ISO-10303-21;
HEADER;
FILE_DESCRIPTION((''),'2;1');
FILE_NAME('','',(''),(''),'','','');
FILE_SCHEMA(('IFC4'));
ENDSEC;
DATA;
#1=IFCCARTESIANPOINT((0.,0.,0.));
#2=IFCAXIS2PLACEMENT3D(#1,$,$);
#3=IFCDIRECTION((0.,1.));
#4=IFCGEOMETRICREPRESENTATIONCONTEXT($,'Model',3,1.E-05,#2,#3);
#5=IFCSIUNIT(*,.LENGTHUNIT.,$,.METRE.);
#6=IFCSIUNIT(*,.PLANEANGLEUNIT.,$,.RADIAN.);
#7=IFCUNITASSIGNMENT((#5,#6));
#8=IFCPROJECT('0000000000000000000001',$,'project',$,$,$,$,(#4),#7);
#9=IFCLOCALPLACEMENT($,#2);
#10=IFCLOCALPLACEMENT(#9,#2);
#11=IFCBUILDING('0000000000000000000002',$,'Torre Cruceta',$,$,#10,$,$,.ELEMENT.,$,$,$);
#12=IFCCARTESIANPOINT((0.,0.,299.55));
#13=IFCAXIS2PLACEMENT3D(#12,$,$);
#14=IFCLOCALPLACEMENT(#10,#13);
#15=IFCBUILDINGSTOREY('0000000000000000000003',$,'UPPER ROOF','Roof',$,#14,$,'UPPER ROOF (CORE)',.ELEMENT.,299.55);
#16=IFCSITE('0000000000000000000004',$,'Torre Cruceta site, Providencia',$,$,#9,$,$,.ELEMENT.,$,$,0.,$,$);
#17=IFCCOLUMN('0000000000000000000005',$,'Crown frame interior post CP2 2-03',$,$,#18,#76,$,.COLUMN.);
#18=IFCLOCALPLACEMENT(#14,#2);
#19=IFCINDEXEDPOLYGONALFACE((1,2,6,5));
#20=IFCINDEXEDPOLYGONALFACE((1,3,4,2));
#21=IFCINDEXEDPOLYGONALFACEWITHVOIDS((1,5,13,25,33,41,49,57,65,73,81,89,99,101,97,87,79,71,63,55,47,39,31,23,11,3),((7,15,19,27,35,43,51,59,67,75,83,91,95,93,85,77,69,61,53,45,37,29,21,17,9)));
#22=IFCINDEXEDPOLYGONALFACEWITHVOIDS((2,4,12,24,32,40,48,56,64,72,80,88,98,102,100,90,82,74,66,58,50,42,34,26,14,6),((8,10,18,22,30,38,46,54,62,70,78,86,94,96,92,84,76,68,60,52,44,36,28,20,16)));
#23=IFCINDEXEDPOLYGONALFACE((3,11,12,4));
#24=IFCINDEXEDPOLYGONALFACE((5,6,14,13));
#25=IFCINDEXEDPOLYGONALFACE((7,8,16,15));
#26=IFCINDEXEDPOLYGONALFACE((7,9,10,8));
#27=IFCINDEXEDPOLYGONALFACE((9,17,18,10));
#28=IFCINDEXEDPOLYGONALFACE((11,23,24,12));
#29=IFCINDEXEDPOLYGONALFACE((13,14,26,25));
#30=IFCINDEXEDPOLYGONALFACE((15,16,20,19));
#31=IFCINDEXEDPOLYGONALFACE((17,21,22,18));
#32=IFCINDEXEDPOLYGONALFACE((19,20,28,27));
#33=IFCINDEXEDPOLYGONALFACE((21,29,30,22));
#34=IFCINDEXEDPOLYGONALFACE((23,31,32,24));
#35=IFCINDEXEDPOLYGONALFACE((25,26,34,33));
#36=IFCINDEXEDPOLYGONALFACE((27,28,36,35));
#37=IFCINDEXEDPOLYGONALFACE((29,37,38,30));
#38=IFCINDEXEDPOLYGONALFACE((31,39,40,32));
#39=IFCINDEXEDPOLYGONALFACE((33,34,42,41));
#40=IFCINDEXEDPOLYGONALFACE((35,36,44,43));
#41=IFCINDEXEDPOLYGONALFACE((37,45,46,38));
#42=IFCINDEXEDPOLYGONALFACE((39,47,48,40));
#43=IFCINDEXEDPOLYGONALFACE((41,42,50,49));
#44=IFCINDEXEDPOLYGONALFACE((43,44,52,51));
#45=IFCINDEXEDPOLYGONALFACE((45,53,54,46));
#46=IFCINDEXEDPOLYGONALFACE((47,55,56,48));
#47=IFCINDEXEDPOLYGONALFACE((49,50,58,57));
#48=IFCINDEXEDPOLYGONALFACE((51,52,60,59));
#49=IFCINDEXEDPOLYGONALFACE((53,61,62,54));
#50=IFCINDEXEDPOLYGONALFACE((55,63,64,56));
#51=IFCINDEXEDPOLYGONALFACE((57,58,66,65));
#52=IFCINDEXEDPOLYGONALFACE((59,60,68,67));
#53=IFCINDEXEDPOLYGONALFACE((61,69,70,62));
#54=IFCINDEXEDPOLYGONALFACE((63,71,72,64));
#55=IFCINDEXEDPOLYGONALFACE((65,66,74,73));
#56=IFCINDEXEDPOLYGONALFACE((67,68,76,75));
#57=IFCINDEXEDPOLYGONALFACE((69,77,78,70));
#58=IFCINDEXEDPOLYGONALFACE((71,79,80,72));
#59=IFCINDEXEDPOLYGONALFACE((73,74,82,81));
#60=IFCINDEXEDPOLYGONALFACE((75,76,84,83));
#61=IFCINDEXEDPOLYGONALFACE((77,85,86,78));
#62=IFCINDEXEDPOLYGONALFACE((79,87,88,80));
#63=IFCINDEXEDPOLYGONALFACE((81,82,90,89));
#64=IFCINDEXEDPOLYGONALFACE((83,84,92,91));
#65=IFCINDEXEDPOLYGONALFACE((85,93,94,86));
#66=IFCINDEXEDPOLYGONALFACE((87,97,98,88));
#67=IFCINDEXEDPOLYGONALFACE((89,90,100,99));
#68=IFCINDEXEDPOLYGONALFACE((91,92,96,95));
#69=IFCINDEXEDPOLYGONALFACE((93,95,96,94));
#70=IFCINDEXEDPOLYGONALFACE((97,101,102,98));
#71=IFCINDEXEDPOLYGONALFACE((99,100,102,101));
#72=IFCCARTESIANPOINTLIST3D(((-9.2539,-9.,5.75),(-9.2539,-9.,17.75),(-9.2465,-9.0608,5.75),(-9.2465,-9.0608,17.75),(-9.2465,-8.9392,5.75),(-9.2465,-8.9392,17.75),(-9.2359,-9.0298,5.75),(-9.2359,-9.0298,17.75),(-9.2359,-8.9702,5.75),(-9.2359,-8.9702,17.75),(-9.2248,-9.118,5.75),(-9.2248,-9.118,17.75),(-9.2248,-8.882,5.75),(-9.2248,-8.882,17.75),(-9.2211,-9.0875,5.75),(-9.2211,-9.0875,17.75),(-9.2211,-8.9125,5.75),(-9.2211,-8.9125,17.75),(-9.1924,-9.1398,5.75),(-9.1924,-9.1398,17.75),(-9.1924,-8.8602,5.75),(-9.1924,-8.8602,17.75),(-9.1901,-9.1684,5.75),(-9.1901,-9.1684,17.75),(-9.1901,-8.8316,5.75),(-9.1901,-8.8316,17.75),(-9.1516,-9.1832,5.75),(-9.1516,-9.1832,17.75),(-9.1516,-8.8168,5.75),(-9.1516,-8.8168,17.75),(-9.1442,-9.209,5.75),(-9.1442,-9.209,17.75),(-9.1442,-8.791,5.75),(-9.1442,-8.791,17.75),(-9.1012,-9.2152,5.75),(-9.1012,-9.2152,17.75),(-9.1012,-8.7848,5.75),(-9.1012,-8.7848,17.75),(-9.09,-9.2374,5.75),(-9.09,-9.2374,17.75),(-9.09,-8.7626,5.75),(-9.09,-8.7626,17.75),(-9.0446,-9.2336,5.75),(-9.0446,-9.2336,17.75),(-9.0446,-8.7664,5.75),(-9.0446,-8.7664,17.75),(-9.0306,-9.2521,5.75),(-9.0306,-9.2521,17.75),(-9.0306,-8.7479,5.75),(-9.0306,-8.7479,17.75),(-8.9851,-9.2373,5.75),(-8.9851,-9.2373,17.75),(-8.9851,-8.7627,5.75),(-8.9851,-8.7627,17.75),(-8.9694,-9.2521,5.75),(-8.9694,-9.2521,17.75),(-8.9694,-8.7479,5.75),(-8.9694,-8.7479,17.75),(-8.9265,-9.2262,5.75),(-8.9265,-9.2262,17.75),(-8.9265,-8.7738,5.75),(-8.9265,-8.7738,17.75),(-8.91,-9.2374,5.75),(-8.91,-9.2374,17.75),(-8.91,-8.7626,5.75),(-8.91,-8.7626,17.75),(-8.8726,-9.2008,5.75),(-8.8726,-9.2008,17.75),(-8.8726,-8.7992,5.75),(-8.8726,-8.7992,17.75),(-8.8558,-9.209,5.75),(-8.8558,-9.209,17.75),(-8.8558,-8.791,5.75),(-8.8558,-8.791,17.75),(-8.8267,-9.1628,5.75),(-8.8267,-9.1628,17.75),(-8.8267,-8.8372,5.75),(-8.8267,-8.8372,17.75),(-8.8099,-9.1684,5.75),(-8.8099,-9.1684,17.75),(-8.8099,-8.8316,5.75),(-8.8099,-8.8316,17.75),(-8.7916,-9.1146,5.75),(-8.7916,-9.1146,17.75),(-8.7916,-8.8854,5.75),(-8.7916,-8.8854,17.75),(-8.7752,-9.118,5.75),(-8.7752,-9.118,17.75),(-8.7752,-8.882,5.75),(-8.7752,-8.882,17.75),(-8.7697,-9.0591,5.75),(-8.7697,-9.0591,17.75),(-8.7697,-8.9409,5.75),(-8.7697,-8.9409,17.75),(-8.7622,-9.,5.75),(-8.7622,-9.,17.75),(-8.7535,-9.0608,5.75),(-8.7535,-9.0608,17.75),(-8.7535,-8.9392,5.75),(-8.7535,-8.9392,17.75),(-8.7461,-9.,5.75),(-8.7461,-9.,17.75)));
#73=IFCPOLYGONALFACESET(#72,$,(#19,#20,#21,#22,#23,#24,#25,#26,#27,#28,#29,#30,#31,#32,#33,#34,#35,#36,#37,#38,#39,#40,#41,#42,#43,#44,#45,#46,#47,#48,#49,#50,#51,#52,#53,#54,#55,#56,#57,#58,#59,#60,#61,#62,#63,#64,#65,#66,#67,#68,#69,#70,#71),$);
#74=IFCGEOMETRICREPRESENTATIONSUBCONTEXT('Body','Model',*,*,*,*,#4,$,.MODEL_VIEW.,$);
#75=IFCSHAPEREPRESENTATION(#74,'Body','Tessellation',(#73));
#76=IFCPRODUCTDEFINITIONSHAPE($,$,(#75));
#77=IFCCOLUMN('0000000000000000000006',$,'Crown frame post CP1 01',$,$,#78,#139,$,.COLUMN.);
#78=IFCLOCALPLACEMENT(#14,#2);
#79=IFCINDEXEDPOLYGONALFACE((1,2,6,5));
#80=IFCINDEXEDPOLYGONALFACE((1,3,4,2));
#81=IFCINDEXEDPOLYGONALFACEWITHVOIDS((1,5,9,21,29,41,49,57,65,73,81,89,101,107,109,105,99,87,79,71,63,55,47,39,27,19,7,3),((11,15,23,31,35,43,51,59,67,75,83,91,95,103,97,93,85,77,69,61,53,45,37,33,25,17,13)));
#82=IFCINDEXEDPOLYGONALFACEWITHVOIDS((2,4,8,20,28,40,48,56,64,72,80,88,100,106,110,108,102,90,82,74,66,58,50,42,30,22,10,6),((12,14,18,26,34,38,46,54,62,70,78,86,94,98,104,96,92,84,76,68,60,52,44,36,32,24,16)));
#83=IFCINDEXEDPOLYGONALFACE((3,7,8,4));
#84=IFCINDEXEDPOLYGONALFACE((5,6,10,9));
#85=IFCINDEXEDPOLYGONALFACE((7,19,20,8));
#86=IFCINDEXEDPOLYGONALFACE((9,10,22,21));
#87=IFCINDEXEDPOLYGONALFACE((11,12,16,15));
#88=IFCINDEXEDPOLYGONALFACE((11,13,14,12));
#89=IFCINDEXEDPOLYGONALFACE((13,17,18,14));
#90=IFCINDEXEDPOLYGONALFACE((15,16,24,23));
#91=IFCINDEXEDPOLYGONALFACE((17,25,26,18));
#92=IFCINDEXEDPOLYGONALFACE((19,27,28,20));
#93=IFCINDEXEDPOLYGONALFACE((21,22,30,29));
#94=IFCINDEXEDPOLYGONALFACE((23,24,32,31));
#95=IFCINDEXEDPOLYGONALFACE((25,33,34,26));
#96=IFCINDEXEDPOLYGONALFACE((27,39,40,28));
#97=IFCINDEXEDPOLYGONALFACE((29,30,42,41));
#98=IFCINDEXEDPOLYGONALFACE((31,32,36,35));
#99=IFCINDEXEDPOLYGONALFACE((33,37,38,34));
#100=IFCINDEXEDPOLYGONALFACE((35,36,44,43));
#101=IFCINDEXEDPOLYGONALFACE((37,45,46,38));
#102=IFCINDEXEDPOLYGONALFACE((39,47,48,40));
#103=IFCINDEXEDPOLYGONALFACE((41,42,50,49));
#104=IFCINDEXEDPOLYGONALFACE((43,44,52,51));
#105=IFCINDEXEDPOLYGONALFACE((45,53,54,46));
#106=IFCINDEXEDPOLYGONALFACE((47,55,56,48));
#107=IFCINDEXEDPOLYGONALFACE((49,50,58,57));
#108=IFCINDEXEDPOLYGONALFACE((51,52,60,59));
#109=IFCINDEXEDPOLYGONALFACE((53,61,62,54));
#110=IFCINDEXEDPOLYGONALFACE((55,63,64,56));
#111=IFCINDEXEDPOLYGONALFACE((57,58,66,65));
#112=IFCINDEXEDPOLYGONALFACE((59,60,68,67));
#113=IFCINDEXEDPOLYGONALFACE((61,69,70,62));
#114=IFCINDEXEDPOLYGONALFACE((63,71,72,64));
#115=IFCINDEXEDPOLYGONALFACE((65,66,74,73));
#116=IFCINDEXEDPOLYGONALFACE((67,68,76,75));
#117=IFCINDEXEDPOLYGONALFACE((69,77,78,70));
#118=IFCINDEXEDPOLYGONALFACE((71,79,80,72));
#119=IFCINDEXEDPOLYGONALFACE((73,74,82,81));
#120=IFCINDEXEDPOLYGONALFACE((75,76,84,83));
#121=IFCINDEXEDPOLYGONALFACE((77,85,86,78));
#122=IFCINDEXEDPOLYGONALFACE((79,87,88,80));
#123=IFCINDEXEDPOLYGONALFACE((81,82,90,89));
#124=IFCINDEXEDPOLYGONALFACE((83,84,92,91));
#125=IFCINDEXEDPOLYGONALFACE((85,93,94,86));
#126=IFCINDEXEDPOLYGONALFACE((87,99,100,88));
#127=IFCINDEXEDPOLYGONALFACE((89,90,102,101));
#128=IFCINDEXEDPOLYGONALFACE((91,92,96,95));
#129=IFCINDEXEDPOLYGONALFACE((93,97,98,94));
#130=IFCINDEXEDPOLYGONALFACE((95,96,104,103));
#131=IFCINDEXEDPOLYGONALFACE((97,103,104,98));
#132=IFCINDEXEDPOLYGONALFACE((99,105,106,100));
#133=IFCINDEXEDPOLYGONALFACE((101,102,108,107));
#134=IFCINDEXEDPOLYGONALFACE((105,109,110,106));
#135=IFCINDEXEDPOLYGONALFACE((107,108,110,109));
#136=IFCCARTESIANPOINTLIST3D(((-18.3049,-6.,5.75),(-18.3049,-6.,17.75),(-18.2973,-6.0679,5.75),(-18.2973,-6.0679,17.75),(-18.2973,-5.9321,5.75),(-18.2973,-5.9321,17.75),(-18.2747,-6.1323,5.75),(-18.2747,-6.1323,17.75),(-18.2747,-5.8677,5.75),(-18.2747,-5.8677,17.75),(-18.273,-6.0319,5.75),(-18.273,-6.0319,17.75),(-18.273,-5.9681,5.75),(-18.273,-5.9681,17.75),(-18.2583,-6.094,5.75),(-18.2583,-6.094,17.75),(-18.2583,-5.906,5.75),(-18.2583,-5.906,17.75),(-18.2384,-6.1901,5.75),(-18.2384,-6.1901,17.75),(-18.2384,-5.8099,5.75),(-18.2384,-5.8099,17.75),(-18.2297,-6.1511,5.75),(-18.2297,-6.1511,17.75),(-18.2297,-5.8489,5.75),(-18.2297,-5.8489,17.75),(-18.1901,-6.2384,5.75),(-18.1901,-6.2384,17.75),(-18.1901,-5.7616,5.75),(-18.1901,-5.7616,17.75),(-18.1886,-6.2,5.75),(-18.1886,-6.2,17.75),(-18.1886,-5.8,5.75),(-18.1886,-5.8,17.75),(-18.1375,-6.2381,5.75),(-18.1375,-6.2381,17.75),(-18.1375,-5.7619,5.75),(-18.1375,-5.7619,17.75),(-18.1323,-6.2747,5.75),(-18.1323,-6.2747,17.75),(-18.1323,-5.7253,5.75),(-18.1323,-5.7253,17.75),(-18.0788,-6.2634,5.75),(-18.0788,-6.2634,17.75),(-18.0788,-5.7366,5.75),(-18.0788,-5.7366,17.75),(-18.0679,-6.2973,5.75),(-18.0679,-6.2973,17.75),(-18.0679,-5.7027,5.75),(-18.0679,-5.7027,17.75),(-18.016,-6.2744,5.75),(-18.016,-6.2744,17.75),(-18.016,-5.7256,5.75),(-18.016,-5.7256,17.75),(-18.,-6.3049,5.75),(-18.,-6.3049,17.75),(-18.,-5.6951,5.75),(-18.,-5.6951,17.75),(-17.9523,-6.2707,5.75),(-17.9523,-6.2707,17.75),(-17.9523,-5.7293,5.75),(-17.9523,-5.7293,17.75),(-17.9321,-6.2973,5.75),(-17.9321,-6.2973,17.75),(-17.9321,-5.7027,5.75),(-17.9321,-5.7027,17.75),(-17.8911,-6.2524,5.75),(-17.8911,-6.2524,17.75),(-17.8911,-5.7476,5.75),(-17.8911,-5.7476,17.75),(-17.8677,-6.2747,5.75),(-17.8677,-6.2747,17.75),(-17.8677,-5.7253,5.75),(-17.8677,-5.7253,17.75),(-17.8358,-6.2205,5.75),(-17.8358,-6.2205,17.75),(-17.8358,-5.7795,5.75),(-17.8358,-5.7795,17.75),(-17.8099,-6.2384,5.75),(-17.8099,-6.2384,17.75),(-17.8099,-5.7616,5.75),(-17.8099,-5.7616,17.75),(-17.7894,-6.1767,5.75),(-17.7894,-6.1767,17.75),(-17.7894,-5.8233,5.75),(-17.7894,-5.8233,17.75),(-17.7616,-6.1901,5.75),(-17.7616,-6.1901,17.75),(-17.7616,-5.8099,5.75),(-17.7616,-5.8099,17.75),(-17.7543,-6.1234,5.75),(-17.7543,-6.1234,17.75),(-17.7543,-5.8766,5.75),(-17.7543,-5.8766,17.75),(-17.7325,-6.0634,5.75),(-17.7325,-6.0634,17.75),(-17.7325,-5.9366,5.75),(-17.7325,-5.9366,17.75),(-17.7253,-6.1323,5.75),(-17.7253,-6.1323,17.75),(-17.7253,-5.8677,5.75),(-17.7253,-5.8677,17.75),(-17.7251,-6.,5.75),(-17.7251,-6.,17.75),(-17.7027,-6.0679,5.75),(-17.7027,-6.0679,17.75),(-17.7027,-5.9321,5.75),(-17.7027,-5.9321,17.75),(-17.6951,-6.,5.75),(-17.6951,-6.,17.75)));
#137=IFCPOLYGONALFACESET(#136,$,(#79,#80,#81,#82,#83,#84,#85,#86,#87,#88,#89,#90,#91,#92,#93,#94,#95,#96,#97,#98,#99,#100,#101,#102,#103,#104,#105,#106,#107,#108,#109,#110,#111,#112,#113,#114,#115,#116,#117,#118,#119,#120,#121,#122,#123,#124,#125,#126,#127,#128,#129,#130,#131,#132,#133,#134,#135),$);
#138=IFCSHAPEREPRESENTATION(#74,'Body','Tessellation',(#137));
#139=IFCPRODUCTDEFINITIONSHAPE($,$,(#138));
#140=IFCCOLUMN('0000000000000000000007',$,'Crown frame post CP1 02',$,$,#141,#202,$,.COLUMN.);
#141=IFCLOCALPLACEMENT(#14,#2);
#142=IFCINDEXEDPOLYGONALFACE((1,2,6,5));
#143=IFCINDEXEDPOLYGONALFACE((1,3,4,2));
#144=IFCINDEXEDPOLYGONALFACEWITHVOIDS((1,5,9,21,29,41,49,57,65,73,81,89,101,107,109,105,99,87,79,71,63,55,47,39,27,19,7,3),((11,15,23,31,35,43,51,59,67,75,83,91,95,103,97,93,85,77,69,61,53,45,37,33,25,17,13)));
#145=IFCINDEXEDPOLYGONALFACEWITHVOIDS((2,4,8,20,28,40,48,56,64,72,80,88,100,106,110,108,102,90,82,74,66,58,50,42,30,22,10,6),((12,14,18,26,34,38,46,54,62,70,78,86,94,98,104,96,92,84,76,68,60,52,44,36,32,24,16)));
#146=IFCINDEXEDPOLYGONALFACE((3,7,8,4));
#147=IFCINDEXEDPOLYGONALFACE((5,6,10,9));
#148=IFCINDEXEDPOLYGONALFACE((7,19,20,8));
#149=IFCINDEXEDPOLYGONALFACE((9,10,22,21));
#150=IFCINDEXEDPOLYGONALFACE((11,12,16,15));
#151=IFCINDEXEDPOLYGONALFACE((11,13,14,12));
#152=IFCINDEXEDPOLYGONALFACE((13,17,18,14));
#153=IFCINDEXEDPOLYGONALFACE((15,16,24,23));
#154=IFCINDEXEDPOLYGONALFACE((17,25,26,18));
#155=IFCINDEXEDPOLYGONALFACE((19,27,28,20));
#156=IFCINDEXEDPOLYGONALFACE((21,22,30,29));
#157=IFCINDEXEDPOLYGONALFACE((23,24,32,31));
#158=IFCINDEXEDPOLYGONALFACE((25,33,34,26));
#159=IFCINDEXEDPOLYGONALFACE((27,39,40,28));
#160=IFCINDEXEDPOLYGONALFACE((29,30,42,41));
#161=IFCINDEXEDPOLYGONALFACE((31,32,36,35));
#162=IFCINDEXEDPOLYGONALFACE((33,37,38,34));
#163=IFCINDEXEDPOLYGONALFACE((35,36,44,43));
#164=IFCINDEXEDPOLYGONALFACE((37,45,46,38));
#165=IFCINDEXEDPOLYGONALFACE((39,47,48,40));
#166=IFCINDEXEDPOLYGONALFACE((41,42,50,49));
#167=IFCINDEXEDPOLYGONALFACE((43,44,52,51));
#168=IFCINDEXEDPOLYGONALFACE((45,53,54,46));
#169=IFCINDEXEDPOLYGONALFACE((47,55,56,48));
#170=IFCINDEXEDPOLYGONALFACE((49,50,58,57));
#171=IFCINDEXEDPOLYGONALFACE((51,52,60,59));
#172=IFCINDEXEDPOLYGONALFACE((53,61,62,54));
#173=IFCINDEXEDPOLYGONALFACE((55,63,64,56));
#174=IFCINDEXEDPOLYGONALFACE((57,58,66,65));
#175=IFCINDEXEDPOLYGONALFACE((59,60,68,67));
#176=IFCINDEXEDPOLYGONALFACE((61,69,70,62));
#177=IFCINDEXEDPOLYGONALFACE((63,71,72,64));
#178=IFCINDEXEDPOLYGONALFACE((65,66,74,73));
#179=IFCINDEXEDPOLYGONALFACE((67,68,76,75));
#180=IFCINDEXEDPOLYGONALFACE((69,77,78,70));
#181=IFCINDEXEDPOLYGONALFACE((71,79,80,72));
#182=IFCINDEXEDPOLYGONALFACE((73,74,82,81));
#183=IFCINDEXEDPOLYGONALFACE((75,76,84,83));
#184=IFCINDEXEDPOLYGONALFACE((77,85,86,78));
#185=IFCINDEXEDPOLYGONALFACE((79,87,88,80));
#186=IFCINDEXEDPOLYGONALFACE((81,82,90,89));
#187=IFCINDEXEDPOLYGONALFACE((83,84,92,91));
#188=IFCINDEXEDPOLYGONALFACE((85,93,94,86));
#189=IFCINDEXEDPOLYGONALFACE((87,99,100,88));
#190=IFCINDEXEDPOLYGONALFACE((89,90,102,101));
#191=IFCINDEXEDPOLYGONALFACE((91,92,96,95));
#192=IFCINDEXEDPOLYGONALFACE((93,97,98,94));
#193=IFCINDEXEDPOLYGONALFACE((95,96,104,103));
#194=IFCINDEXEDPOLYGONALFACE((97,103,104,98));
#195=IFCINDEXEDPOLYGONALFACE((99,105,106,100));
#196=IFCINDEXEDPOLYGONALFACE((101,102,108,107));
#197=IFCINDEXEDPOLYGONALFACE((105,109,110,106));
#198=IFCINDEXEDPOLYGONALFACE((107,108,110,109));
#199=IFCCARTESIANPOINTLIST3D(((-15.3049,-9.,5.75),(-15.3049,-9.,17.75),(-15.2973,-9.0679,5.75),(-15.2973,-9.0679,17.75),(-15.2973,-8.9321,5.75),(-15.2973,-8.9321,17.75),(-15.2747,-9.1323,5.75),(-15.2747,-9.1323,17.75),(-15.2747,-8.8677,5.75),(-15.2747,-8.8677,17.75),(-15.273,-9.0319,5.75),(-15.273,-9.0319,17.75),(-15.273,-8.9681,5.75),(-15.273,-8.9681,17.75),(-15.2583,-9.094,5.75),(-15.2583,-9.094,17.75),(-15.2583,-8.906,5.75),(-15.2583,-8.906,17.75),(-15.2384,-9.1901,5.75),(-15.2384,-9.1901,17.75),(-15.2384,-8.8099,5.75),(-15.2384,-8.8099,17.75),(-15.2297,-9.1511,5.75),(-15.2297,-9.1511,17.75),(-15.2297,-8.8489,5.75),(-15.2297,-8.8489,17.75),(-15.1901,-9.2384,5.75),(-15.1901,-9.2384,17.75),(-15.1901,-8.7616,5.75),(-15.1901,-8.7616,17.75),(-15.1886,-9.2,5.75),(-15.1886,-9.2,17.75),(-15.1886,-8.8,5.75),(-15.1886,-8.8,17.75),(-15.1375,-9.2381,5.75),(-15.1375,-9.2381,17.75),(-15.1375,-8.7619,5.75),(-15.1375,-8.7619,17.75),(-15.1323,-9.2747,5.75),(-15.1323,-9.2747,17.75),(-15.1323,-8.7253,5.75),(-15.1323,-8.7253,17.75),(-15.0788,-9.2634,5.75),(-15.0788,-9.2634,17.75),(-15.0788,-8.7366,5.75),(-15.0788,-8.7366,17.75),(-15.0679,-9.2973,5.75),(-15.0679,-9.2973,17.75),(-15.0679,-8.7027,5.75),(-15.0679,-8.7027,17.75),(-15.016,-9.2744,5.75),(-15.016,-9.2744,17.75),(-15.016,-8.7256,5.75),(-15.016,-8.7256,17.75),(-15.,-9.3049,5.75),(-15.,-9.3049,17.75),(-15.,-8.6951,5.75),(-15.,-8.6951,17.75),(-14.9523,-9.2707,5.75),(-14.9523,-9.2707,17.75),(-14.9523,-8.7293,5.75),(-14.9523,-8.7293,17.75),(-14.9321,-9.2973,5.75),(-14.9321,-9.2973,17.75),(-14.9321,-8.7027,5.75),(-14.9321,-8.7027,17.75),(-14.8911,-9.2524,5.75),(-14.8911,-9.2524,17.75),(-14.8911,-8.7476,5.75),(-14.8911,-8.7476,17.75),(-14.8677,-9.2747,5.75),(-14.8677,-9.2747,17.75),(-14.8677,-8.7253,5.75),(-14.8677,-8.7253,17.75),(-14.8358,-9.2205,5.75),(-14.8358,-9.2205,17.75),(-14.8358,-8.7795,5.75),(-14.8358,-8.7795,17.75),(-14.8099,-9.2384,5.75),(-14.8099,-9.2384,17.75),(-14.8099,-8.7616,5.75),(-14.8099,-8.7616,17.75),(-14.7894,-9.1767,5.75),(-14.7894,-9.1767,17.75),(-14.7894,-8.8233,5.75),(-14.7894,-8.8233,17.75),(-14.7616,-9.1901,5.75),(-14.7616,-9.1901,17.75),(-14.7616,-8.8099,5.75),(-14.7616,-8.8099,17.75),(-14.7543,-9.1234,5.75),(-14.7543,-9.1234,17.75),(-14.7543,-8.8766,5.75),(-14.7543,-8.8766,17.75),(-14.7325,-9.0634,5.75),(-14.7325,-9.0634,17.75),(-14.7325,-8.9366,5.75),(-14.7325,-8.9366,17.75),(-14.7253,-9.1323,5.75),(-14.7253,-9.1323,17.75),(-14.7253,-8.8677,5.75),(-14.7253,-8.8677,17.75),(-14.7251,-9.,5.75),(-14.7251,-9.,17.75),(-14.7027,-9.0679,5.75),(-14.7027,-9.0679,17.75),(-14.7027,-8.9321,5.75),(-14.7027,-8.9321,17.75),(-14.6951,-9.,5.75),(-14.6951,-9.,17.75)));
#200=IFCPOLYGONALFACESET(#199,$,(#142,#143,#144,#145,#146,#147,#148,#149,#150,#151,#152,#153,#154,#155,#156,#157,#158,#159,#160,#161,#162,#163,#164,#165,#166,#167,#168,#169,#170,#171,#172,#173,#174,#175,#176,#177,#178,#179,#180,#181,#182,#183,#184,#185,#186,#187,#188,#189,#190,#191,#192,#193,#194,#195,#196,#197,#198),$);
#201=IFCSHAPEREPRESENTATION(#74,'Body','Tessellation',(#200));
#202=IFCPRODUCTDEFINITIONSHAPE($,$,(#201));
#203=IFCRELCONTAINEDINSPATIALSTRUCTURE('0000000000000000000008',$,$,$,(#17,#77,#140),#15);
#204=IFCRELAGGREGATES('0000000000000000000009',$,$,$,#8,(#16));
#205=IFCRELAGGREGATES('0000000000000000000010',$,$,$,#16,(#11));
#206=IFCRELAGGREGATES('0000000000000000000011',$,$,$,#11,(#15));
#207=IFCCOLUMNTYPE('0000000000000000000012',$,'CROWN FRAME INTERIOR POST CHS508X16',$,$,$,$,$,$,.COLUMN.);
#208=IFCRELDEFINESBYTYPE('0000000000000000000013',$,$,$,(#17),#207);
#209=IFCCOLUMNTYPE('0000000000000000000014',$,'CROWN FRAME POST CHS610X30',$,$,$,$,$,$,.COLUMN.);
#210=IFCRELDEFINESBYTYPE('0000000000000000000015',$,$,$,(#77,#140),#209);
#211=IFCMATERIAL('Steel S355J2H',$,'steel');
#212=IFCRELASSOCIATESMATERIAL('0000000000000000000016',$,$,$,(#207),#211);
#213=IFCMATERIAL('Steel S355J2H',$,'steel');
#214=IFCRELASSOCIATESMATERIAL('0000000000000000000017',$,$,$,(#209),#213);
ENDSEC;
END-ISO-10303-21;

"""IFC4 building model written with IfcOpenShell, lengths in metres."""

from ifc_helpers import new_model, si_unit, direction, frame, origin, origin_2d, place, context, subcontext, project, spatial, hollow_circle, extrude, material, material_profile, profile_set, type_object, element, save


model = new_model("IFC4")

# Units and contexts
model_context = context("Model", 3, precision=1e-05, world=origin(), true_north=direction((0.0, 1.0)))
body_context = subcontext(model_context, "Body", "Model", "MODEL_VIEW")
ifc_project = project(units=[si_unit("LENGTHUNIT", "METRE"), si_unit("PLANEANGLEUNIT", "RADIAN")], contexts=[model_context])

# Site, building, storey
site_placement = place(None, origin())
site = spatial("IfcSite", under=ifc_project, at=site_placement, Name="Torre Cruceta site, Providencia", CompositionType="ELEMENT", RefElevation=0.0)
building_placement = place(site_placement, origin())
building = spatial("IfcBuilding", under=site, at=building_placement, Name="Torre Cruceta", CompositionType="ELEMENT")
storey_placement = place(building_placement, frame((0.0, 0.0, 299.55)))
storey = spatial("IfcBuildingStorey", under=building, at=storey_placement, Name="UPPER ROOF", Description="Roof", LongName="UPPER ROOF (CORE)", CompositionType="ELEMENT", Elevation=299.55)

# Columns
ifc_material_1 = material(Name="Steel S355J2H", Category="steel")
ifc_material_profile_1 = material_profile(ifc_material_1, hollow_circle(Radius=0.2539, WallThickness=0.0161, at=origin_2d()), Name="CHS508X16")
ifc_profile_set_1 = profile_set([ifc_material_profile_1], Name="Steel S355J2H")
column_type_1 = type_object("IfcColumnType", Name="CROWN FRAME INTERIOR POST CHS508X16", PredefinedType="COLUMN", material=ifc_profile_set_1)
column_1_placement = place(storey_placement, frame((-9.0, -9.0, 5.75), z_axis=(0.0, 0.0, 1.0), x_axis=(1.0, 0.0, 0.0)))
element("IfcColumn", 1, at=column_1_placement, inside=storey, type_object=column_type_1, Name="Crown frame interior post CP2 2-03", PredefinedType="COLUMN", context=body_context, shape_type="SweptSolid", body=[
    extrude(hollow_circle(Radius=0.2539, WallThickness=0.0161, at=origin_2d()), origin(), (0.0, 0.0, 1.0), 12.0),
])
ifc_material_2 = material(Name="Steel S355J2H", Category="steel")
ifc_material_profile_2 = material_profile(ifc_material_2, hollow_circle(Radius=0.3049, WallThickness=0.03, at=origin_2d()), Name="CHS610X30")
ifc_profile_set_2 = profile_set([ifc_material_profile_2], Name="Steel S355J2H")
column_type_2 = type_object("IfcColumnType", Name="CROWN FRAME POST CHS610X30", PredefinedType="COLUMN", material=ifc_profile_set_2)
for number, where, z_axis, x_axis, name in (
    (2, (-18.0, -6.0, 5.75), (0.0, 0.0, 1.0), (1.0, 0.0, 0.0), "Crown frame post CP1 01"),
    (3, (-15.0, -9.0, 5.75), (0.0, 0.0, 1.0), (1.0, 0.0, 0.0), "Crown frame post CP1 02"),
):
    element("IfcColumn", number, at=place(storey_placement, frame(where, z_axis=z_axis, x_axis=x_axis)), inside=storey, type_object=column_type_2, Name=name, PredefinedType="COLUMN", context=body_context, shape_type="SweptSolid", body=[
        extrude(hollow_circle(Radius=0.3049, WallThickness=0.03, at=origin_2d()), origin(), (0.0, 0.0, 1.0), 12.0),
    ])

save(model, "model.ifc")
